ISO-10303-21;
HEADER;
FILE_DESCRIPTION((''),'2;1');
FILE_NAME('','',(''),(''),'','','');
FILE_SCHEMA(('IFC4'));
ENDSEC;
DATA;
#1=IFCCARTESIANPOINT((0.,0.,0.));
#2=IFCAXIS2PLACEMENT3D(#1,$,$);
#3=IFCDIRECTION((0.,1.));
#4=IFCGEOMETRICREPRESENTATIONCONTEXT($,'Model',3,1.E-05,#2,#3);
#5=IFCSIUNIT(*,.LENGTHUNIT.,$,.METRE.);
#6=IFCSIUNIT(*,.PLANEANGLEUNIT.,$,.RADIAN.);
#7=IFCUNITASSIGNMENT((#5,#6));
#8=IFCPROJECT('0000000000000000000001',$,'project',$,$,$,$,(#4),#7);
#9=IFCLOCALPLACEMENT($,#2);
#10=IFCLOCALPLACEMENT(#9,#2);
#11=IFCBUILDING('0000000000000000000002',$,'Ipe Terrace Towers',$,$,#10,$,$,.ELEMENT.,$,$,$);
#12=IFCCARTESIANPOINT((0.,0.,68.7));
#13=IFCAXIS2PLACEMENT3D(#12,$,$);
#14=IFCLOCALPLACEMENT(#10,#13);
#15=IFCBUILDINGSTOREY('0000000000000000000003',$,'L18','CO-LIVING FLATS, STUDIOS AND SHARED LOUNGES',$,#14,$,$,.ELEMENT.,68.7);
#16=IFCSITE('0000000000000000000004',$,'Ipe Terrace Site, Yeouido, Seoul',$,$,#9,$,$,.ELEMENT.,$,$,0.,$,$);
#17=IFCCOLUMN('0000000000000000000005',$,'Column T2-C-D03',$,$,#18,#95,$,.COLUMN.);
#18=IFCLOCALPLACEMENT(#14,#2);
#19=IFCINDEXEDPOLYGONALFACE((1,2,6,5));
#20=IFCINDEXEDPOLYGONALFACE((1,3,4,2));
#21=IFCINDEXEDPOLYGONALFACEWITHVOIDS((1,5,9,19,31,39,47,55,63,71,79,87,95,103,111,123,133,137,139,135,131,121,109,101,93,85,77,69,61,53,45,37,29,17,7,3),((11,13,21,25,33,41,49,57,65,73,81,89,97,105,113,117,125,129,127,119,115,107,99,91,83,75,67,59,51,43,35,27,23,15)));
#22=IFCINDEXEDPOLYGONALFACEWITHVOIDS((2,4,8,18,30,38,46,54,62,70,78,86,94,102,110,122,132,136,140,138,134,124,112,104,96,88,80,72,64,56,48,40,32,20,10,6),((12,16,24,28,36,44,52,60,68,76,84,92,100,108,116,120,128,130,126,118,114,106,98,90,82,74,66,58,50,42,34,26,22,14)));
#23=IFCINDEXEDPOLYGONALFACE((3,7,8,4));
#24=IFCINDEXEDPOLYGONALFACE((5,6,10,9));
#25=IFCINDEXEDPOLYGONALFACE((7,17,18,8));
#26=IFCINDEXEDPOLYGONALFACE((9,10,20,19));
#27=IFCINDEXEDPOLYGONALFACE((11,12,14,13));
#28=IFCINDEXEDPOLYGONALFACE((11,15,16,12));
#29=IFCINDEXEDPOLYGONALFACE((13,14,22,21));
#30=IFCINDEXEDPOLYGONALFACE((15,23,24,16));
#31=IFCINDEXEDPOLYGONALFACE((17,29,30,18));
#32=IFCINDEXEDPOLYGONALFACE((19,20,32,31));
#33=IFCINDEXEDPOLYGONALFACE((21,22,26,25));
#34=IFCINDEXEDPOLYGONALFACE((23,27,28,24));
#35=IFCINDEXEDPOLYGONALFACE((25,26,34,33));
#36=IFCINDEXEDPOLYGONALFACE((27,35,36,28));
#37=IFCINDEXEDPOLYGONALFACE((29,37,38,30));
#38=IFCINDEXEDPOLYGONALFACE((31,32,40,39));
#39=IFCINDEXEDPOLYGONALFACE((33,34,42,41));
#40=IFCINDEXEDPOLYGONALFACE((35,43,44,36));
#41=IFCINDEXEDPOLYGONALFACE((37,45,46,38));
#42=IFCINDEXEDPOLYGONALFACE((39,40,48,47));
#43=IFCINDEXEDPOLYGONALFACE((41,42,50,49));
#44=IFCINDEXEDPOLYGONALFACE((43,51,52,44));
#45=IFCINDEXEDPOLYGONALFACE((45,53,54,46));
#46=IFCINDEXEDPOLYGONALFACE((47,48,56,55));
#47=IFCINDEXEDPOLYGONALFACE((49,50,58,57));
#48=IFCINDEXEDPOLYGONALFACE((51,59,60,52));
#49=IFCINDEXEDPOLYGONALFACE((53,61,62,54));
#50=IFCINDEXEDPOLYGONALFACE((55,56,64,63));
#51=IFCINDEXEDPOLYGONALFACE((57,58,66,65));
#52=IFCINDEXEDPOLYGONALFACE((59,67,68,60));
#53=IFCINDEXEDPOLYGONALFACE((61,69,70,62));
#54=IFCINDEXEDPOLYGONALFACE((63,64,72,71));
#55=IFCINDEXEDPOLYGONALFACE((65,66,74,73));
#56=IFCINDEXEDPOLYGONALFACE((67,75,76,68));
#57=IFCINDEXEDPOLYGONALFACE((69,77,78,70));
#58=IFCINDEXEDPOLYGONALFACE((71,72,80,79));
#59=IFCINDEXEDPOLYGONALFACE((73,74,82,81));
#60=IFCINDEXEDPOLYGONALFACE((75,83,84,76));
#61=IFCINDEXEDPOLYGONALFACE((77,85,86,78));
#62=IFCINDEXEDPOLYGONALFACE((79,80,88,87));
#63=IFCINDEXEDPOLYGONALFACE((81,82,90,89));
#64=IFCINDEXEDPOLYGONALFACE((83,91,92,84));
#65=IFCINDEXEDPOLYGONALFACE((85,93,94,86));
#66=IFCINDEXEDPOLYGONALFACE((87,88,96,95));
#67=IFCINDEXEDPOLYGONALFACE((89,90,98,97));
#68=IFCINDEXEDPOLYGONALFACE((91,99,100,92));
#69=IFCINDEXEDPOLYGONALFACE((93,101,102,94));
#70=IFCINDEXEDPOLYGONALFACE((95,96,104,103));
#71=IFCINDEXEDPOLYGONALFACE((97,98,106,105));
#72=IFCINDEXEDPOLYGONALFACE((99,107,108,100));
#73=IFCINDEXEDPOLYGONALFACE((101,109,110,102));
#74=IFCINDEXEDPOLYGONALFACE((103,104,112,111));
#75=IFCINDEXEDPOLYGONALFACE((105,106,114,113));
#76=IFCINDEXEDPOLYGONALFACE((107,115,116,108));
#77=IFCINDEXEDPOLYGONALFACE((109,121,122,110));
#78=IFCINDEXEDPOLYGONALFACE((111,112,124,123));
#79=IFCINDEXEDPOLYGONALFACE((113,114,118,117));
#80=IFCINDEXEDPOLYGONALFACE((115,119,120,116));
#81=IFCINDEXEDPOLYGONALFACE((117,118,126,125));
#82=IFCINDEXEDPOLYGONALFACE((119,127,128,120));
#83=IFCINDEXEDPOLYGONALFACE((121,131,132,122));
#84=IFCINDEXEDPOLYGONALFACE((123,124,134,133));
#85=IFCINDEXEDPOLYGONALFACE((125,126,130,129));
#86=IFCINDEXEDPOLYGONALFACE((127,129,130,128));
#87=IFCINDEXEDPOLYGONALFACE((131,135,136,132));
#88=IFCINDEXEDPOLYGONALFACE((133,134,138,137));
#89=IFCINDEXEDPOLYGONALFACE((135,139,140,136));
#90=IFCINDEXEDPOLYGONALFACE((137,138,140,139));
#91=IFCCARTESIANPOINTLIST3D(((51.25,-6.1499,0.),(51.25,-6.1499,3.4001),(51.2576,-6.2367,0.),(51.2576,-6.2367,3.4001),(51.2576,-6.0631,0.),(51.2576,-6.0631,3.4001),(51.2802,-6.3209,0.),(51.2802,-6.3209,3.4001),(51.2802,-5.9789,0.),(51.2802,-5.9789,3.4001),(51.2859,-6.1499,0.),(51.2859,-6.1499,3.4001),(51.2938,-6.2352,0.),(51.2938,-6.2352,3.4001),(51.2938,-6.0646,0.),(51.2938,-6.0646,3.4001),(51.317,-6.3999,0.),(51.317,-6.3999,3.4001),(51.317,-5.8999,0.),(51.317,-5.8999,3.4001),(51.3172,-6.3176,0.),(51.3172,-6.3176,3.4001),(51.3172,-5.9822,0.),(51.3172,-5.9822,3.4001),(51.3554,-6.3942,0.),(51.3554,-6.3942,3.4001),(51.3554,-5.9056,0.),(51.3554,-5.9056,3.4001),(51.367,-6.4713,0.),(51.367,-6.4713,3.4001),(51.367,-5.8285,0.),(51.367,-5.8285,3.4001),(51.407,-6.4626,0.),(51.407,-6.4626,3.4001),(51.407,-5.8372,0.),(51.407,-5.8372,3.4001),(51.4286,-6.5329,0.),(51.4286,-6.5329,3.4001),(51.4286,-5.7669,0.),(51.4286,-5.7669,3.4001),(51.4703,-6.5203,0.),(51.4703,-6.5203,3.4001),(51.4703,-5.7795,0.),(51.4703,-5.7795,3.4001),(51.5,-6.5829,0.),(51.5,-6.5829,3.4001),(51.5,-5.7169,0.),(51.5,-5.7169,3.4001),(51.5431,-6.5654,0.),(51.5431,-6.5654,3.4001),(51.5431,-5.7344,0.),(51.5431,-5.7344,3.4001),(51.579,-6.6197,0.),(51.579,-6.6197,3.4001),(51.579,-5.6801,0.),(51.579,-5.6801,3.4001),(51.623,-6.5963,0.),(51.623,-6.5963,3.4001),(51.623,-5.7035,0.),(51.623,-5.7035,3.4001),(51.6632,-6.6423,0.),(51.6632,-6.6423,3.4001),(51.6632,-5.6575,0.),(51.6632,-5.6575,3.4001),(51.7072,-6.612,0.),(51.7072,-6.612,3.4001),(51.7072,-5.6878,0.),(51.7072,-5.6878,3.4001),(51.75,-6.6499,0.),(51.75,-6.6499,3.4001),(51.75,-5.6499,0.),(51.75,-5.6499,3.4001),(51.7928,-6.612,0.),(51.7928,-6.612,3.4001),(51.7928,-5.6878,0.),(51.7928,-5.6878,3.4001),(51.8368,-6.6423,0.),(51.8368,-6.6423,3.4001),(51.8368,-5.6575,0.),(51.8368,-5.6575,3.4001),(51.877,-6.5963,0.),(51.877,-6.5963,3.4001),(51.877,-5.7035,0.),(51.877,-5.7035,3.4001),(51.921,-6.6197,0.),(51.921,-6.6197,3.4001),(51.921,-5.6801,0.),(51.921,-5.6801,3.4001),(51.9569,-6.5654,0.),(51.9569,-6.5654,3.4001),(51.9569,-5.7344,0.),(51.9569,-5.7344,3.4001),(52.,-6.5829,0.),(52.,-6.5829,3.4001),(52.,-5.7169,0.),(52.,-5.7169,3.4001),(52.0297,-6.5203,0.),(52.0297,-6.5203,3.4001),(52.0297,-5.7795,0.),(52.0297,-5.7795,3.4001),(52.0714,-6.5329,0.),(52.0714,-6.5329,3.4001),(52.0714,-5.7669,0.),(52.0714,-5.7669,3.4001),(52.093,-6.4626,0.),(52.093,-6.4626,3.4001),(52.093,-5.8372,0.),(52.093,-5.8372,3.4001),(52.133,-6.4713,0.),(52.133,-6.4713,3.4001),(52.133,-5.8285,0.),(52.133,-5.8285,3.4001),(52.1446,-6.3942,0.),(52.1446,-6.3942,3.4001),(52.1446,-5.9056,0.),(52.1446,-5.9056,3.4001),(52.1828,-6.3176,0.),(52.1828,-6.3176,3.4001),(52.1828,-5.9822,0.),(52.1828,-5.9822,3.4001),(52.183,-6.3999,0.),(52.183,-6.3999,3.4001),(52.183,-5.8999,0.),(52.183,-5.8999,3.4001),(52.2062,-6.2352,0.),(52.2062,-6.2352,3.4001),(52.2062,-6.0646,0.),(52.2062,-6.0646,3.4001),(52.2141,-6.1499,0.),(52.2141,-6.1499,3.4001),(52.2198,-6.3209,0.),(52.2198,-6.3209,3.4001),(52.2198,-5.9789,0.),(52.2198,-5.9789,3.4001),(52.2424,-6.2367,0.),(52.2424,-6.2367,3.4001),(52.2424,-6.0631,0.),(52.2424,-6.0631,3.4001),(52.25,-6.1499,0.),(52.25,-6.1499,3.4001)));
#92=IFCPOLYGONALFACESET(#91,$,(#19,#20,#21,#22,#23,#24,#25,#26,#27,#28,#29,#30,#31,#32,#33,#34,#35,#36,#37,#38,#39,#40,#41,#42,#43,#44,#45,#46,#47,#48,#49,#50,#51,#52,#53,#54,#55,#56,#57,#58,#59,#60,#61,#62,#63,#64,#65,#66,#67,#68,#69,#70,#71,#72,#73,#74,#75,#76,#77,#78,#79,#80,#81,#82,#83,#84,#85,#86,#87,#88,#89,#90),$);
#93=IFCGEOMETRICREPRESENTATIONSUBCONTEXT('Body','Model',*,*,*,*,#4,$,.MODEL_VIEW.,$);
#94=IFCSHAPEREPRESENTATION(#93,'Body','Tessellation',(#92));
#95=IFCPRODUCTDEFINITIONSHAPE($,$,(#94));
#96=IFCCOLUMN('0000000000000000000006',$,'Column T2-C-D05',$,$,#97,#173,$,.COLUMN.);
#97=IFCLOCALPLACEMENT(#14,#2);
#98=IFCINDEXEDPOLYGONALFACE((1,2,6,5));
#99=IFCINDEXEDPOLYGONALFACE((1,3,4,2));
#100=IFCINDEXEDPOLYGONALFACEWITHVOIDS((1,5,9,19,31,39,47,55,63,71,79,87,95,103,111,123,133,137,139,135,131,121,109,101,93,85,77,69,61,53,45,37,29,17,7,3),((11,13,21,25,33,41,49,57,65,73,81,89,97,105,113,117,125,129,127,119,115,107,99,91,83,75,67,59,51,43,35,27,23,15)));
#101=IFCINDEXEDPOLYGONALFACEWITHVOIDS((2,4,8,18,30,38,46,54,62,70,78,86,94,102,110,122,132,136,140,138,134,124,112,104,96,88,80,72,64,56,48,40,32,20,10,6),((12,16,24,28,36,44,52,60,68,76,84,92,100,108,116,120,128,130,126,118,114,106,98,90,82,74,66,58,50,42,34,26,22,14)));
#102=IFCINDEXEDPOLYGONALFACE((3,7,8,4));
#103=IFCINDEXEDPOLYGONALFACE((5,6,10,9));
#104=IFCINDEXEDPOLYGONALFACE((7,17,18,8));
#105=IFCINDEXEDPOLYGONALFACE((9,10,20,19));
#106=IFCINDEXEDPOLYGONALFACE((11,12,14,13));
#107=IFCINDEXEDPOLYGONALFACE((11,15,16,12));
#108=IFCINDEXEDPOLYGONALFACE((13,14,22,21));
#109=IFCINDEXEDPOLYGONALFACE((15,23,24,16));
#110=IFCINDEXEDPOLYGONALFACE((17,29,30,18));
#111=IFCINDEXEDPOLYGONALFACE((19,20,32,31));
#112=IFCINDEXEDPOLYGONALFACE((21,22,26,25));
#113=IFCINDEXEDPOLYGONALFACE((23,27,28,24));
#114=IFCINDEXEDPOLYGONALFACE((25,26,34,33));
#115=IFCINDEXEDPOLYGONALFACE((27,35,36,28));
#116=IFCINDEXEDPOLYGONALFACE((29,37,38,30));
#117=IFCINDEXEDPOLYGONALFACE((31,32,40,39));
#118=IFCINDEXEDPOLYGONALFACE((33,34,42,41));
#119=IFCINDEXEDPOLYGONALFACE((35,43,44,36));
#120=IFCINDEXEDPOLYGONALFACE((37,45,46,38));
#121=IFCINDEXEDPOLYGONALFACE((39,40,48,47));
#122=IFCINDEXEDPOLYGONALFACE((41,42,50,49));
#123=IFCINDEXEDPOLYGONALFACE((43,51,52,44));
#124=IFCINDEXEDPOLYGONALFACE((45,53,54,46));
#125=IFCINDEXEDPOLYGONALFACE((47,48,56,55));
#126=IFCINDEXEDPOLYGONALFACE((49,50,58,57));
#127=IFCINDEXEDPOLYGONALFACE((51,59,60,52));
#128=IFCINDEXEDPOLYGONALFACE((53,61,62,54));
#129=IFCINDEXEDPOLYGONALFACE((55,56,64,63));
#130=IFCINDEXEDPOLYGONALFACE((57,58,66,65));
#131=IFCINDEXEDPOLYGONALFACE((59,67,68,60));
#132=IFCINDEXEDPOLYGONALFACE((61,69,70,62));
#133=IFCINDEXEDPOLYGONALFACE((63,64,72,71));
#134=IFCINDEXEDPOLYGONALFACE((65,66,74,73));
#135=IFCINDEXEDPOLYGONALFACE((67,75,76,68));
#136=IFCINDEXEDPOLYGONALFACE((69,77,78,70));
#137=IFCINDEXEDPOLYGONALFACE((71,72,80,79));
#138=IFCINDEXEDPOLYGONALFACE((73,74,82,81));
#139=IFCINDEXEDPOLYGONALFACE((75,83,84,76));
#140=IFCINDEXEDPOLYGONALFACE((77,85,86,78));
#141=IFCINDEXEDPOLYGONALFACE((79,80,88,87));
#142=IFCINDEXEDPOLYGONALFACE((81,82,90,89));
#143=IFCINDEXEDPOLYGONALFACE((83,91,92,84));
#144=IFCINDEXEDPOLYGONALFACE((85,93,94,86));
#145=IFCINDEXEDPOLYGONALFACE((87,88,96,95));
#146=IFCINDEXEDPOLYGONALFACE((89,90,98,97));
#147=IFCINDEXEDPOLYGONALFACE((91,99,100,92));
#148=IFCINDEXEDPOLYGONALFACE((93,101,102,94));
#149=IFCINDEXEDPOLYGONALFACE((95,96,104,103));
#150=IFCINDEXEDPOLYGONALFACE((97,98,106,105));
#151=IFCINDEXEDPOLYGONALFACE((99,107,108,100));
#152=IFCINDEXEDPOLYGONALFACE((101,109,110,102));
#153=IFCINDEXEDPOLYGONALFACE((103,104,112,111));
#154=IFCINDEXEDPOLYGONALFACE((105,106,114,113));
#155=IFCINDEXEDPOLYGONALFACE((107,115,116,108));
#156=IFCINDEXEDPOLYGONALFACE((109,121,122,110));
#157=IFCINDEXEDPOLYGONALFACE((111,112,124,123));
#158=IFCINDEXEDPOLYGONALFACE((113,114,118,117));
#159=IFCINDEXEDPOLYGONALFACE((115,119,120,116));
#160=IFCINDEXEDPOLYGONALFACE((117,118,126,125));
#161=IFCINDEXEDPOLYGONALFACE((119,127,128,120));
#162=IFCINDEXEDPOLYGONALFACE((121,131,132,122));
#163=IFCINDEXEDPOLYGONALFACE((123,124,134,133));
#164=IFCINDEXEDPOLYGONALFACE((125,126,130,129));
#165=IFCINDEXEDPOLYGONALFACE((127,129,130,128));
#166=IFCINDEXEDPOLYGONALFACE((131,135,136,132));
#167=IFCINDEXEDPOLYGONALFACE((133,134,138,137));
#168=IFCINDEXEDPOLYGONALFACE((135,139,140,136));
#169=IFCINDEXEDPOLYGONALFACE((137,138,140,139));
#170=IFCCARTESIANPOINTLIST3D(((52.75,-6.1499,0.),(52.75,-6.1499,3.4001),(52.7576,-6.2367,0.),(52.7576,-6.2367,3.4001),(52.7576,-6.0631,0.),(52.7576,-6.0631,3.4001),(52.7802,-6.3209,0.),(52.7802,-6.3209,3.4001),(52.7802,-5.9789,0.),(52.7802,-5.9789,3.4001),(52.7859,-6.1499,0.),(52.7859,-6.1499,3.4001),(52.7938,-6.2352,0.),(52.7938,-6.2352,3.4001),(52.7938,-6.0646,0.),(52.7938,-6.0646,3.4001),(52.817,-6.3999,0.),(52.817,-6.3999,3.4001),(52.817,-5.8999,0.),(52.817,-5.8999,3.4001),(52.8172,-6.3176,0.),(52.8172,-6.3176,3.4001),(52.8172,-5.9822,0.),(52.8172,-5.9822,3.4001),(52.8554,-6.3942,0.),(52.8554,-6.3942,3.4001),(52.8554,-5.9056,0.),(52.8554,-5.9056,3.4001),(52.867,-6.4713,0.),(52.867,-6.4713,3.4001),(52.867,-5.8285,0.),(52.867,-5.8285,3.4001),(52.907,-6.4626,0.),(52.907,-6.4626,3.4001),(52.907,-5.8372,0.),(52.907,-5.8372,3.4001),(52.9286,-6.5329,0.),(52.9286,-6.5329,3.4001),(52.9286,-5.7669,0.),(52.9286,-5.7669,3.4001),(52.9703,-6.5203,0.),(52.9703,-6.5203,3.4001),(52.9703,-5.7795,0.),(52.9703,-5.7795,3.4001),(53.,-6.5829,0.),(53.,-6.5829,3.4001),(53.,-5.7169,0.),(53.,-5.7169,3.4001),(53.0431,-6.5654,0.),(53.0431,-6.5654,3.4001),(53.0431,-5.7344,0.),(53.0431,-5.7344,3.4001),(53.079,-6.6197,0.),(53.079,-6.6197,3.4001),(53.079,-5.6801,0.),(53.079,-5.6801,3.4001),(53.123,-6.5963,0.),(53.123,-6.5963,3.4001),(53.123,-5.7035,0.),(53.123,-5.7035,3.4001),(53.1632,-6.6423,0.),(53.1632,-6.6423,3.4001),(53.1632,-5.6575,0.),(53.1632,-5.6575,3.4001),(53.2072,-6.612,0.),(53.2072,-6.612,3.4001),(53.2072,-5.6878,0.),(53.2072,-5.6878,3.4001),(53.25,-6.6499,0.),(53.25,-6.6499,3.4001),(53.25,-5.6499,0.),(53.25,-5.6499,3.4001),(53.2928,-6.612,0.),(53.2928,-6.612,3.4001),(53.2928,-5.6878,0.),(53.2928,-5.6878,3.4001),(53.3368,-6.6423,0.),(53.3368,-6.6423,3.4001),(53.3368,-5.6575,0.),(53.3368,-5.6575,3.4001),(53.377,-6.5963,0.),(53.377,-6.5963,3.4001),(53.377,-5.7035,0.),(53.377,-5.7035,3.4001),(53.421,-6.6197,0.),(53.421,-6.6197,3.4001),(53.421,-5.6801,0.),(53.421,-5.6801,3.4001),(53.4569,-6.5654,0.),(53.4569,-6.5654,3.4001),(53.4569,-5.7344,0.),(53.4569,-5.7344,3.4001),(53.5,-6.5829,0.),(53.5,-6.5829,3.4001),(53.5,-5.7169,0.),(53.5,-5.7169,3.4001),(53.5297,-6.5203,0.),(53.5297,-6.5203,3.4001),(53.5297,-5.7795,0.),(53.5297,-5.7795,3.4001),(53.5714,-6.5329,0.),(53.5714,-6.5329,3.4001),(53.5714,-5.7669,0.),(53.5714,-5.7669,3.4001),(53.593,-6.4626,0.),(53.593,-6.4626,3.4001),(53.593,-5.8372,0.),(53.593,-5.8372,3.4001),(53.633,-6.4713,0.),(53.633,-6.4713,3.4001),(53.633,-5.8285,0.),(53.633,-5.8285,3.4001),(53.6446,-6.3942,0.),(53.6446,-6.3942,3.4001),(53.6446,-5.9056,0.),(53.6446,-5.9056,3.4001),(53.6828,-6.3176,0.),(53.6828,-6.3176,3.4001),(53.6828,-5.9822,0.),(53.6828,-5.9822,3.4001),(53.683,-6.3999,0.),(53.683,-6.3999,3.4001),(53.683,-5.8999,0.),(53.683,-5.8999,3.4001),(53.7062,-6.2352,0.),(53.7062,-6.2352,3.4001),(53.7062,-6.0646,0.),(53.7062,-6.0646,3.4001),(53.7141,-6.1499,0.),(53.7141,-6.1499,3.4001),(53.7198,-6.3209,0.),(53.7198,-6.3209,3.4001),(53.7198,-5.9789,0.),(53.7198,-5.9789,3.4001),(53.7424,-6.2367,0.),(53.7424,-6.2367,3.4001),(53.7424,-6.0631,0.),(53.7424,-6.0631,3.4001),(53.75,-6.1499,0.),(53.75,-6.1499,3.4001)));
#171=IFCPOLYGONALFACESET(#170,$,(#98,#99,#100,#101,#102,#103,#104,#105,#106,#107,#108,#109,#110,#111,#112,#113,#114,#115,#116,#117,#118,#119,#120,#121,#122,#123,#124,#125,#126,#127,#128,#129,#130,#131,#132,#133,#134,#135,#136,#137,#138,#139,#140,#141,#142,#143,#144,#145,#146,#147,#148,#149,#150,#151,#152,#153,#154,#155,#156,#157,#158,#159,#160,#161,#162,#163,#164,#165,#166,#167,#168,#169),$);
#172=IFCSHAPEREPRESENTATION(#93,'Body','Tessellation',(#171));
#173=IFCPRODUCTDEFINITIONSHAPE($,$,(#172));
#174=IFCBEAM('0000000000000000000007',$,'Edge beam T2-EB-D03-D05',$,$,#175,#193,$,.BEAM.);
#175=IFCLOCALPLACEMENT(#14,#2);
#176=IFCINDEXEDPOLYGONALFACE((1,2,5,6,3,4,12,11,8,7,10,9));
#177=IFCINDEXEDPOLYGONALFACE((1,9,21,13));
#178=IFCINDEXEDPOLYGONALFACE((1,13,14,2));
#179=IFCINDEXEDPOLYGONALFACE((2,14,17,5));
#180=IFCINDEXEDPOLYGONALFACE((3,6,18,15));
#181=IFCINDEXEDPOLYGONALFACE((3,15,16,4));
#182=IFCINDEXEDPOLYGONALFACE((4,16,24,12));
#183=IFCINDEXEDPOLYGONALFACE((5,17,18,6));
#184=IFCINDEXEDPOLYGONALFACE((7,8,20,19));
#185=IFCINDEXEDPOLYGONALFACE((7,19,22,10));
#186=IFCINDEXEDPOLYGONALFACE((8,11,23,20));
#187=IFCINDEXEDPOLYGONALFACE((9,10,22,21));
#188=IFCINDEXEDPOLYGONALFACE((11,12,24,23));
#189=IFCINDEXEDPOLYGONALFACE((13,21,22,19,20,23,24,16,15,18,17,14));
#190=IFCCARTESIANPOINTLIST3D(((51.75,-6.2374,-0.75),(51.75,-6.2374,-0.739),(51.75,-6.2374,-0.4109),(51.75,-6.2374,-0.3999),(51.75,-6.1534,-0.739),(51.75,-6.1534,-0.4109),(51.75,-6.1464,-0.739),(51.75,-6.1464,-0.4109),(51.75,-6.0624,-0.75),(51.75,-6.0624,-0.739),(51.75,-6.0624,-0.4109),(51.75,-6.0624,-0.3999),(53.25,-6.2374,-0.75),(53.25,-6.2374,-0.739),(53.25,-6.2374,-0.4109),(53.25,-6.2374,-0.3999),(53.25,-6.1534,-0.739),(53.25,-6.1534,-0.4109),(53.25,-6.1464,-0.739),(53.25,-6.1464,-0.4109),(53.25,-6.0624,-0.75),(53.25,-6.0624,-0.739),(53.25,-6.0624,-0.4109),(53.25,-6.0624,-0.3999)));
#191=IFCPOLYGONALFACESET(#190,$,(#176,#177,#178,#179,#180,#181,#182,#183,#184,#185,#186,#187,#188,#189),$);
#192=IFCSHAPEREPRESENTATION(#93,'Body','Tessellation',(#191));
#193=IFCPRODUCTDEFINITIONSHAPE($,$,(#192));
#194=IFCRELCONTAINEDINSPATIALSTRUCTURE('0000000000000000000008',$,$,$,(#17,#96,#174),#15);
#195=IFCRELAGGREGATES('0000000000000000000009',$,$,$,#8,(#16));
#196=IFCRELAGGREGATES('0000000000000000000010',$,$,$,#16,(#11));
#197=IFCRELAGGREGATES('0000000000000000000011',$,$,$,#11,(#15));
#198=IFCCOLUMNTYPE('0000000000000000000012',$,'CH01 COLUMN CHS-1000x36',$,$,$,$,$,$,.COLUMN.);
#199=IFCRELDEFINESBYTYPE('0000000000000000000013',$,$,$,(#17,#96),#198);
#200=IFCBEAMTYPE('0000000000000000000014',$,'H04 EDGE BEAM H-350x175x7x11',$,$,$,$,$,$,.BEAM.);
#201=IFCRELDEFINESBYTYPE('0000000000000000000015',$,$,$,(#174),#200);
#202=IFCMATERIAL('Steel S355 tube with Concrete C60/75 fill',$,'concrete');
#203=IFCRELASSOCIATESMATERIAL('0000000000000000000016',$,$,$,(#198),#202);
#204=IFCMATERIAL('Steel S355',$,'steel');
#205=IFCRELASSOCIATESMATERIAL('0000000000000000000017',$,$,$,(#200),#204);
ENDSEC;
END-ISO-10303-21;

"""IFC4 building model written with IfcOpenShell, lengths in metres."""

from ifc_helpers import new_model, si_unit, direction, frame, origin, origin_2d, place, context, subcontext, project, spatial, hollow_circle, i_section, extrude, material, material_profile, profile_set, type_object, element, save


model = new_model("IFC4")

# Units and contexts
model_context = context("Model", 3, precision=1e-05, world=origin(), true_north=direction((0.0, 1.0)))
body_context = subcontext(model_context, "Body", "Model", "MODEL_VIEW")
ifc_project = project(units=[si_unit("LENGTHUNIT", "METRE"), si_unit("PLANEANGLEUNIT", "RADIAN")], contexts=[model_context])

# Site, building, storey
site_placement = place(None, origin())
site = spatial("IfcSite", under=ifc_project, at=site_placement, Name="Ipe Terrace Site, Yeouido, Seoul", CompositionType="ELEMENT", RefElevation=0.0)
building_placement = place(site_placement, origin())
building = spatial("IfcBuilding", under=site, at=building_placement, Name="Ipe Terrace Towers", CompositionType="ELEMENT")
storey_placement = place(building_placement, frame((0.0, 0.0, 68.7)))
storey = spatial("IfcBuildingStorey", under=building, at=storey_placement, Name="L18", Description="CO-LIVING FLATS, STUDIOS AND SHARED LOUNGES", CompositionType="ELEMENT", Elevation=68.7)

# Columns
ifc_material_1 = material(Name="Steel S355 tube with Concrete C60/75 fill", Category="concrete")
ifc_material_profile_1 = material_profile(ifc_material_1, hollow_circle(Radius=0.5, WallThickness=0.0359, at=origin_2d()), Name="CHS-1000x36")
ifc_profile_set_1 = profile_set([ifc_material_profile_1], Name="Steel S355 tube with Concrete C60/75 fill")
column_type = type_object("IfcColumnType", Name="CH01 COLUMN CHS-1000x36", PredefinedType="COLUMN", material=ifc_profile_set_1)
for number, where, z_axis, x_axis, name in (
    (1, (51.75, -6.1499, 0.0), (0.0, 0.0, 1.0), (1.0, 0.0, 0.0), "Column T2-C-D03"),
    (2, (53.25, -6.1499, 0.0), (0.0, 0.0, 1.0), (1.0, 0.0, 0.0), "Column T2-C-D05"),
):
    element("IfcColumn", number, at=place(storey_placement, frame(where, z_axis=z_axis, x_axis=x_axis)), inside=storey, type_object=column_type, Name=name, PredefinedType="COLUMN", context=body_context, shape_type="SweptSolid", body=[
        extrude(hollow_circle(Radius=0.5, WallThickness=0.0359, at=origin_2d()), origin(), (0.0, 0.0, 1.0), 3.4001),
    ])

# Beam
ifc_material_2 = material(Name="Steel S355", Category="steel")
ifc_material_profile_2 = material_profile(ifc_material_2, i_section(OverallWidth=0.175, OverallDepth=0.3501, WebThickness=0.0071, FlangeThickness=0.011, at=origin_2d()), Name="H-350x175x7x11")
ifc_profile_set_2 = profile_set([ifc_material_profile_2], Name="Steel S355")
beam_type = type_object("IfcBeamType", Name="H04 EDGE BEAM H-350x175x7x11", PredefinedType="BEAM", material=ifc_profile_set_2)
beam_placement = place(storey_placement, frame((51.75, -6.1499, -0.575), z_axis=(1.0, 0.0, 0.0), x_axis=(0.0, 1.0, 0.0)))
element("IfcBeam", 3, at=beam_placement, inside=storey, type_object=beam_type, Name="Edge beam T2-EB-D03-D05", PredefinedType="BEAM", context=body_context, shape_type="SweptSolid", body=[
    extrude(i_section(OverallWidth=0.175, OverallDepth=0.3501, WebThickness=0.0071, FlangeThickness=0.011, at=origin_2d()), origin(), (0.0, 0.0, 1.0), 1.5),
])

save(model, "model.ifc")
